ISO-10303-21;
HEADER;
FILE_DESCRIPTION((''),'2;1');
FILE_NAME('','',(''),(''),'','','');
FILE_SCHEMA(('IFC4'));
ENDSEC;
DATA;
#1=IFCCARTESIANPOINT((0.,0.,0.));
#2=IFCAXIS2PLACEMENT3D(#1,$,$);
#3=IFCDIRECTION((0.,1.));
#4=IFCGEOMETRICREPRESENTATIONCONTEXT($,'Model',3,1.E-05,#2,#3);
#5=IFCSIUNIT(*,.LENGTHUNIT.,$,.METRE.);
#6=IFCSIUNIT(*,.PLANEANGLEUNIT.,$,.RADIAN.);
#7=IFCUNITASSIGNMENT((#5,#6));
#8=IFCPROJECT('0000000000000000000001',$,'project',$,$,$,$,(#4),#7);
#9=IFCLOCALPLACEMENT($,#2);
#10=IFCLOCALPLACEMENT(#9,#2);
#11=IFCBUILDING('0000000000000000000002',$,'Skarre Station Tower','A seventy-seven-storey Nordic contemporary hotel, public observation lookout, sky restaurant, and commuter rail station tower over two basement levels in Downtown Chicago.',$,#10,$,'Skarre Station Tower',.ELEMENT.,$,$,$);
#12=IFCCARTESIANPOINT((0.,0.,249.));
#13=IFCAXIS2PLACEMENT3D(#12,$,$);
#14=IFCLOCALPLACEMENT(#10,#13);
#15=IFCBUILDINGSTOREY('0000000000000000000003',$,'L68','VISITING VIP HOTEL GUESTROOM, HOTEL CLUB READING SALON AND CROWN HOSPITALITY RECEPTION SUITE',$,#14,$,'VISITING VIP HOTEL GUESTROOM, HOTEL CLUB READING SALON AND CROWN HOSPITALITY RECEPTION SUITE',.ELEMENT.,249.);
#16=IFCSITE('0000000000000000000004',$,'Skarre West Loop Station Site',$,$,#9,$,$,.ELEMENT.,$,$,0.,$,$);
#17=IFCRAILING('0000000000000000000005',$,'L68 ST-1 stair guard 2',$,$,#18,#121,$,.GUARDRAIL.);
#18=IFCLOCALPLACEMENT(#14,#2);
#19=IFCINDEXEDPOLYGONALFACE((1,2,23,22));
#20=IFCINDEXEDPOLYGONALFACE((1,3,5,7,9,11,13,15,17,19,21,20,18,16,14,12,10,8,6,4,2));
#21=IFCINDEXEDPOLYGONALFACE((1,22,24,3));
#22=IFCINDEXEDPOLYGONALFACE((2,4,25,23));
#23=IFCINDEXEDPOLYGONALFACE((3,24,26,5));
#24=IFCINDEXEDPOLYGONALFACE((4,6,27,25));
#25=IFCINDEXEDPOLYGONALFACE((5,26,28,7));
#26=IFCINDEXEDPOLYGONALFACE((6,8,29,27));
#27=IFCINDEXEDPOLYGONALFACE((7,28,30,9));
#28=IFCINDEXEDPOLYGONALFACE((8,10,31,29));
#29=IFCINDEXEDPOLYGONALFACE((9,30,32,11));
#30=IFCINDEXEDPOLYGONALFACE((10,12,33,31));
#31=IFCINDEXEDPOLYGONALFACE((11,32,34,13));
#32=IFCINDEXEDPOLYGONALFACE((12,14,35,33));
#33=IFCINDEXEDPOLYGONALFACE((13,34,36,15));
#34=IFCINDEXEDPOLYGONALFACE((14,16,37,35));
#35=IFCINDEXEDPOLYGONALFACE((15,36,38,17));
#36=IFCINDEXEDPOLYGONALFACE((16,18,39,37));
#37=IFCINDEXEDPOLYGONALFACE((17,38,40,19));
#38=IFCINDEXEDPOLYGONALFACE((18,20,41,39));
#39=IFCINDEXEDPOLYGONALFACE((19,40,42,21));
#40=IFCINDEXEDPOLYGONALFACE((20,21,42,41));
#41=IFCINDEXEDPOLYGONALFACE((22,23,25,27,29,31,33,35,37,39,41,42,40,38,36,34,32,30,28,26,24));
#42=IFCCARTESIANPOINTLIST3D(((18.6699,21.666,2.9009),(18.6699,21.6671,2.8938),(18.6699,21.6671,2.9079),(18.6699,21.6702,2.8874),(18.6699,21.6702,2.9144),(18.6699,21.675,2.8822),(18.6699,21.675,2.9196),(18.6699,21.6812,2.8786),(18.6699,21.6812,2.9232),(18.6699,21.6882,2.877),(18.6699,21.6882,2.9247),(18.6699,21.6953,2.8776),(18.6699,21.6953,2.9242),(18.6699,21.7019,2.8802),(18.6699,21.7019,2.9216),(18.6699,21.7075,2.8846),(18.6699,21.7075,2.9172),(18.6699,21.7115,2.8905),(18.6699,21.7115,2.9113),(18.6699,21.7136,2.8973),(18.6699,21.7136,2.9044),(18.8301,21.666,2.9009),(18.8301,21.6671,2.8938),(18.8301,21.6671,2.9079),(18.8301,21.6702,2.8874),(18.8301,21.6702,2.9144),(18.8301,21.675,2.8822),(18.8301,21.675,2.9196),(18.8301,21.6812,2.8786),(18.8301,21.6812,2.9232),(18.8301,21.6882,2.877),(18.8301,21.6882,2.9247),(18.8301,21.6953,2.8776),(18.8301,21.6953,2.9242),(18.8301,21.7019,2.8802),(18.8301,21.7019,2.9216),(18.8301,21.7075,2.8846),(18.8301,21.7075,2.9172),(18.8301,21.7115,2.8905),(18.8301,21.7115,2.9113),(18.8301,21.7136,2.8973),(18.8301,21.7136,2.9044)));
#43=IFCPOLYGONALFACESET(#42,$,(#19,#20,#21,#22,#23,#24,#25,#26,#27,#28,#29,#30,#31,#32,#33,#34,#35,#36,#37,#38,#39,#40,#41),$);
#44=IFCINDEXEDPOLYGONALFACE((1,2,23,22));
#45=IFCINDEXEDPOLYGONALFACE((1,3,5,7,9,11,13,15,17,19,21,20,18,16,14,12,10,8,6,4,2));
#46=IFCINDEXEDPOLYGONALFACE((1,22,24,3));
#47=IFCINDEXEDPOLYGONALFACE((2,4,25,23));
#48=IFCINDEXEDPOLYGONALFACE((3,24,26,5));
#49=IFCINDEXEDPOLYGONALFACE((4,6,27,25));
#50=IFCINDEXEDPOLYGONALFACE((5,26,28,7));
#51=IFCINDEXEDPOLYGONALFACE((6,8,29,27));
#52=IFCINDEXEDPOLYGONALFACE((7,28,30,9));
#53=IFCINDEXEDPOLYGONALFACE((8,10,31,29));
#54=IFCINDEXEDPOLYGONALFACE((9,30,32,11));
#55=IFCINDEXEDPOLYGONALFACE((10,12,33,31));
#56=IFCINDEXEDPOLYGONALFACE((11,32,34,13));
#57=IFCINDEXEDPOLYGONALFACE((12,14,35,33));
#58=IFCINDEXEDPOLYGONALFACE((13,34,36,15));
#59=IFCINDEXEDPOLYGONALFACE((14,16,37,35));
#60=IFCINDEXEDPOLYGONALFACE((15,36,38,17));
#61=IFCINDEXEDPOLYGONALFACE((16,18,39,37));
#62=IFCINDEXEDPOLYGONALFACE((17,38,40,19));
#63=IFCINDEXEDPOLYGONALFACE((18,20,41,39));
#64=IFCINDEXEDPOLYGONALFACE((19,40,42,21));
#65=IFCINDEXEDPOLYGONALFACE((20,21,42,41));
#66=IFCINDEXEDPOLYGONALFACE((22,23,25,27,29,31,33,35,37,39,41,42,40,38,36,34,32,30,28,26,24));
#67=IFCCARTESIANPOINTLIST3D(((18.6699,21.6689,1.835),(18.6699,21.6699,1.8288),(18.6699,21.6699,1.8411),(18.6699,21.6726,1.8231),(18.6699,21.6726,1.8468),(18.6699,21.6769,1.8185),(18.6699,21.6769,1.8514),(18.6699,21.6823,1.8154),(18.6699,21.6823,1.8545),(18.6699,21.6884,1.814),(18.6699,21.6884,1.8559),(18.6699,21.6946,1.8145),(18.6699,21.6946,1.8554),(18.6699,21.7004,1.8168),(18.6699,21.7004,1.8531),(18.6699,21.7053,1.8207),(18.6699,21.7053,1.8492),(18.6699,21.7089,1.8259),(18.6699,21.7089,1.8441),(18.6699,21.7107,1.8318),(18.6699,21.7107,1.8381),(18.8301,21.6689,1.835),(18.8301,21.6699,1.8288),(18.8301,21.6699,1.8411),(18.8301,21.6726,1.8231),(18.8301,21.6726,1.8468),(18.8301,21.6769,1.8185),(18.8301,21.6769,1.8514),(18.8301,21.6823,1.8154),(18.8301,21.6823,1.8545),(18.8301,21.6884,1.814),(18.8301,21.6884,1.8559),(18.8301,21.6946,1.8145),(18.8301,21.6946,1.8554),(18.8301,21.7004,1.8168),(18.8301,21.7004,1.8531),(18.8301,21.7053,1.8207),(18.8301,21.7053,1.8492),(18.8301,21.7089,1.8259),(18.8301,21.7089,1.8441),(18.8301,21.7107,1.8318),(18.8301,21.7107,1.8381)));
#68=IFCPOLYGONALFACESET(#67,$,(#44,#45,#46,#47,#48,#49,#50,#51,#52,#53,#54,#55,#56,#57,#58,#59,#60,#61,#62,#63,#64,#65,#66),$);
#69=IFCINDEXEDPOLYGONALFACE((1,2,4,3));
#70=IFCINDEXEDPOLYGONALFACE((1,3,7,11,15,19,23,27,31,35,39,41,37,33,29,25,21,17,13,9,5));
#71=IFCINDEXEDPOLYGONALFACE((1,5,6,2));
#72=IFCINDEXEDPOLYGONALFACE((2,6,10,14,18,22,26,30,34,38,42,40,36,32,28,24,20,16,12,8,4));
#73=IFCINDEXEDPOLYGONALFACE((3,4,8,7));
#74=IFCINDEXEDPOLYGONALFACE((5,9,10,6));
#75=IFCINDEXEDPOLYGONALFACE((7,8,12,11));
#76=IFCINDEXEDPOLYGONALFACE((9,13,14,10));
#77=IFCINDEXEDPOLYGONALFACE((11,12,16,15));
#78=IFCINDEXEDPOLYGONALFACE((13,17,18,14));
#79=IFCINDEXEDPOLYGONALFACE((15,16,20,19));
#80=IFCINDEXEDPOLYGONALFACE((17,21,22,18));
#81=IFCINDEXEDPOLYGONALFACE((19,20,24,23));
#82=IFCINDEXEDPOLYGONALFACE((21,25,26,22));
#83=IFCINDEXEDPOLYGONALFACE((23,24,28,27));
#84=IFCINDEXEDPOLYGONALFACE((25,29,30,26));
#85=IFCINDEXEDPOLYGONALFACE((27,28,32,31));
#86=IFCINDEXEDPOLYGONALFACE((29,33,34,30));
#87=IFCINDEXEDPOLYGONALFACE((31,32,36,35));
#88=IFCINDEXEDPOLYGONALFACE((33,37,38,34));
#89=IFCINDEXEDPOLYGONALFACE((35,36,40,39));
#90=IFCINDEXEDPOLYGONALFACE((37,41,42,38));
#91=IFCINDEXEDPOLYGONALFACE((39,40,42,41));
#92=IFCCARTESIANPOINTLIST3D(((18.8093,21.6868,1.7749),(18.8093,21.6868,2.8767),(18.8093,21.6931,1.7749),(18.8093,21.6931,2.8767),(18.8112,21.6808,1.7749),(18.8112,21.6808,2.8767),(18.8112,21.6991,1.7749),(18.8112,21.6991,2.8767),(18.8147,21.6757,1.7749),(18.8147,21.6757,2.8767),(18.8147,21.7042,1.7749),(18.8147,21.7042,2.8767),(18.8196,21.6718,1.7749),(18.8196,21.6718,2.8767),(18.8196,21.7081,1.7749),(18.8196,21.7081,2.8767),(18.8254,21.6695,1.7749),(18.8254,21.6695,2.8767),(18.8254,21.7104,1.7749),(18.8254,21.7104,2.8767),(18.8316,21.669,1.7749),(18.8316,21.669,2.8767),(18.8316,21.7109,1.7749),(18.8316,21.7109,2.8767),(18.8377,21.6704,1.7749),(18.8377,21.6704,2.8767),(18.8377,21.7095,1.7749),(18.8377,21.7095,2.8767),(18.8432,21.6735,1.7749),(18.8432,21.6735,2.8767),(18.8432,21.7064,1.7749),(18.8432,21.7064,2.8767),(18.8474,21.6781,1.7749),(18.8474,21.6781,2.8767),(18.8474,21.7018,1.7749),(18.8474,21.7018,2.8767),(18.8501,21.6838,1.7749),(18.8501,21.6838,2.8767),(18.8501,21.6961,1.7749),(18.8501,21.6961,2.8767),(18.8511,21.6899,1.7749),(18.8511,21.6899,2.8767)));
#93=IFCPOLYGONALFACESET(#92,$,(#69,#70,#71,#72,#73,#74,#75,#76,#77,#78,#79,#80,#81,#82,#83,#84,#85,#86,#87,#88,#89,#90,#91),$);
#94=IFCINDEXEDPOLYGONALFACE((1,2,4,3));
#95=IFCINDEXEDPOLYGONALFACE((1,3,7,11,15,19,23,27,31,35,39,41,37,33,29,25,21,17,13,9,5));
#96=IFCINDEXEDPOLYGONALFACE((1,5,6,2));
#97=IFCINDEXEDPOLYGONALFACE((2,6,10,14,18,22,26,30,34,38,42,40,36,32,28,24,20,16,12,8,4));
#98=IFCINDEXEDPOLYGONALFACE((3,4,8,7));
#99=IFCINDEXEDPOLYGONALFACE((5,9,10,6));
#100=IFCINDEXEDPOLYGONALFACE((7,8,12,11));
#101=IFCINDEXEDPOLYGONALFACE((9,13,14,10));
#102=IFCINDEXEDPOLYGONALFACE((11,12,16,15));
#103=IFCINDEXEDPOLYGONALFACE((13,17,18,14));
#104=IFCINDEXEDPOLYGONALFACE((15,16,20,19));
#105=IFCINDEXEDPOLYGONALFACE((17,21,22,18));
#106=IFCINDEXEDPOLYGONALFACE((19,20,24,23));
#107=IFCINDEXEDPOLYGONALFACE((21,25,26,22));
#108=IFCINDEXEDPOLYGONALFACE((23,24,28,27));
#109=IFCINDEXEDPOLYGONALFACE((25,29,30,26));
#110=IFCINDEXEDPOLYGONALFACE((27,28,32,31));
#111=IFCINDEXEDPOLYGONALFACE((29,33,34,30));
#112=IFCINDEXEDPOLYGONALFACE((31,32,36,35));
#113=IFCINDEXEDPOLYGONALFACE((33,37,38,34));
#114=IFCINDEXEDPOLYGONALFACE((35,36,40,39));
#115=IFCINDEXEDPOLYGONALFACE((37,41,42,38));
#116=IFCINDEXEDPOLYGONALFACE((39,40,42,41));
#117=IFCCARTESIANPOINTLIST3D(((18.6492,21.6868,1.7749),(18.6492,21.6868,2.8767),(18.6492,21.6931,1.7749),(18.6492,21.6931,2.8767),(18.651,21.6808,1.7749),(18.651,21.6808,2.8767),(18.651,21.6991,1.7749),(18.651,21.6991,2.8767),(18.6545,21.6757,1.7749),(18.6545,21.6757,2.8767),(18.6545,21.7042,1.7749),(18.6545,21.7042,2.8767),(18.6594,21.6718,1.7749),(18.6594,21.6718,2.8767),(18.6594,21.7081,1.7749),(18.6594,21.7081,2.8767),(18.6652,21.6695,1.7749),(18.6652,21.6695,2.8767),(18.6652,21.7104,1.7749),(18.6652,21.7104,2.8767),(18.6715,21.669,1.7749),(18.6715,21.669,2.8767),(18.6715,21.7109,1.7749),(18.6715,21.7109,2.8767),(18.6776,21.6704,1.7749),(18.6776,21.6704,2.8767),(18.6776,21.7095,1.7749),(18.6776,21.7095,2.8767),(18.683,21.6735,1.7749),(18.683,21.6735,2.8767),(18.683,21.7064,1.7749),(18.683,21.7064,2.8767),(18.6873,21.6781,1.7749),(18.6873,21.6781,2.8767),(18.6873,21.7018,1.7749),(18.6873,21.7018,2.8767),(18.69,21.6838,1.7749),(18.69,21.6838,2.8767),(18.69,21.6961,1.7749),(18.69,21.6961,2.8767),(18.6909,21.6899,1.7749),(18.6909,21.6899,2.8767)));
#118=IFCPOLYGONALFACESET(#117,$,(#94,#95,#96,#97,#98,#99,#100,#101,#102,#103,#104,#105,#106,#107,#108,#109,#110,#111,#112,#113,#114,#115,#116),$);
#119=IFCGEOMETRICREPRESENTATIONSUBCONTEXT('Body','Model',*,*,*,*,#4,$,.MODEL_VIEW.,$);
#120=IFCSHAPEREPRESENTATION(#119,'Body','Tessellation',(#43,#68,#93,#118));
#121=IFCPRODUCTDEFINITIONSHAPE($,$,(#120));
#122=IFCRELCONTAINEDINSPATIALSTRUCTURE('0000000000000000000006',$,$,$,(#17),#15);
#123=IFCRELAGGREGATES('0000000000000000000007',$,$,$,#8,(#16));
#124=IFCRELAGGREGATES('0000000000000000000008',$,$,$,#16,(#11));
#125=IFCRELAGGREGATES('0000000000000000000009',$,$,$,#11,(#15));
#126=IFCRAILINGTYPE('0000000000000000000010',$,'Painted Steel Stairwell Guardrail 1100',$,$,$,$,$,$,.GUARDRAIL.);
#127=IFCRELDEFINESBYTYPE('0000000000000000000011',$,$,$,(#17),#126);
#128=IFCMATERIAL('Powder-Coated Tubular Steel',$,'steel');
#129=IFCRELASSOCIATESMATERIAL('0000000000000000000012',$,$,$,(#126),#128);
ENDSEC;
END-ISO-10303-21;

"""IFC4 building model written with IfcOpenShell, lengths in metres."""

from ifc_helpers import new_model, si_unit, direction, frame, origin, origin_2d, place, context, subcontext, project, spatial, circle, extrude, material, type_object, element, save


model = new_model("IFC4")

# Units and contexts
model_context = context("Model", 3, precision=1e-05, world=origin(), true_north=direction((0.0, 1.0)))
body_context = subcontext(model_context, "Body", "Model", "MODEL_VIEW")
ifc_project = project(units=[si_unit("LENGTHUNIT", "METRE"), si_unit("PLANEANGLEUNIT", "RADIAN")], contexts=[model_context])

# Site, building, storey
site_placement = place(None, origin())
site = spatial("IfcSite", under=ifc_project, at=site_placement, Name="Skarre West Loop Station Site", CompositionType="ELEMENT", RefElevation=0.0)
building_placement = place(site_placement, origin())
building = spatial("IfcBuilding", under=site, at=building_placement, Name="Skarre Station Tower", Description="A seventy-seven-storey Nordic contemporary hotel, public observation lookout, sky restaurant, and commuter rail station tower over two basement levels in Downtown Chicago.", LongName="Skarre Station Tower", CompositionType="ELEMENT")
storey_placement = place(building_placement, frame((0.0, 0.0, 249.0)))
storey = spatial("IfcBuildingStorey", under=building, at=storey_placement, Name="L68", Description="VISITING VIP HOTEL GUESTROOM, HOTEL CLUB READING SALON AND CROWN HOSPITALITY RECEPTION SUITE", LongName="VISITING VIP HOTEL GUESTROOM, HOTEL CLUB READING SALON AND CROWN HOSPITALITY RECEPTION SUITE", CompositionType="ELEMENT", Elevation=249.0)

# Railing
ifc_material_1 = material(Name="Powder-Coated Tubular Steel", Category="steel")
railing_type_1 = type_object("IfcRailingType", Name="Painted Steel Stairwell Guardrail 1100", PredefinedType="GUARDRAIL", material=ifc_material_1)
railing_1_placement = place(storey_placement, frame((18.8301, 21.6899, 1.7749)))
element("IfcRailing", 1, at=railing_1_placement, inside=storey, type_object=railing_type_1, Name="L68 ST-1 stair guard 2", PredefinedType="GUARDRAIL", context=body_context, shape_type="SweptSolid", body=[
    extrude(circle(Radius=0.0239, at=origin_2d()), frame((0.0, 0.0, 1.126), z_axis=(-1.0, 0.0, 0.0), x_axis=(0.0, -1.0, 0.0)), (0.0, 0.0, 1.0), 0.1602),
    extrude(circle(Radius=0.021, at=origin_2d()), frame((0.0, 0.0, 0.0601), z_axis=(-1.0, 0.0, 0.0), x_axis=(0.0, -1.0, 0.0)), (0.0, 0.0, 1.0), 0.1602),
    extrude(circle(Radius=0.021, at=origin_2d()), origin(), (0.0, 0.0, 1.0), 1.1018),
    extrude(circle(Radius=0.021, at=origin_2d()), frame((-0.1602, 0.0, 0.0)), (0.0, 0.0, 1.0), 1.1018),
])

save(model, "model.ifc")
